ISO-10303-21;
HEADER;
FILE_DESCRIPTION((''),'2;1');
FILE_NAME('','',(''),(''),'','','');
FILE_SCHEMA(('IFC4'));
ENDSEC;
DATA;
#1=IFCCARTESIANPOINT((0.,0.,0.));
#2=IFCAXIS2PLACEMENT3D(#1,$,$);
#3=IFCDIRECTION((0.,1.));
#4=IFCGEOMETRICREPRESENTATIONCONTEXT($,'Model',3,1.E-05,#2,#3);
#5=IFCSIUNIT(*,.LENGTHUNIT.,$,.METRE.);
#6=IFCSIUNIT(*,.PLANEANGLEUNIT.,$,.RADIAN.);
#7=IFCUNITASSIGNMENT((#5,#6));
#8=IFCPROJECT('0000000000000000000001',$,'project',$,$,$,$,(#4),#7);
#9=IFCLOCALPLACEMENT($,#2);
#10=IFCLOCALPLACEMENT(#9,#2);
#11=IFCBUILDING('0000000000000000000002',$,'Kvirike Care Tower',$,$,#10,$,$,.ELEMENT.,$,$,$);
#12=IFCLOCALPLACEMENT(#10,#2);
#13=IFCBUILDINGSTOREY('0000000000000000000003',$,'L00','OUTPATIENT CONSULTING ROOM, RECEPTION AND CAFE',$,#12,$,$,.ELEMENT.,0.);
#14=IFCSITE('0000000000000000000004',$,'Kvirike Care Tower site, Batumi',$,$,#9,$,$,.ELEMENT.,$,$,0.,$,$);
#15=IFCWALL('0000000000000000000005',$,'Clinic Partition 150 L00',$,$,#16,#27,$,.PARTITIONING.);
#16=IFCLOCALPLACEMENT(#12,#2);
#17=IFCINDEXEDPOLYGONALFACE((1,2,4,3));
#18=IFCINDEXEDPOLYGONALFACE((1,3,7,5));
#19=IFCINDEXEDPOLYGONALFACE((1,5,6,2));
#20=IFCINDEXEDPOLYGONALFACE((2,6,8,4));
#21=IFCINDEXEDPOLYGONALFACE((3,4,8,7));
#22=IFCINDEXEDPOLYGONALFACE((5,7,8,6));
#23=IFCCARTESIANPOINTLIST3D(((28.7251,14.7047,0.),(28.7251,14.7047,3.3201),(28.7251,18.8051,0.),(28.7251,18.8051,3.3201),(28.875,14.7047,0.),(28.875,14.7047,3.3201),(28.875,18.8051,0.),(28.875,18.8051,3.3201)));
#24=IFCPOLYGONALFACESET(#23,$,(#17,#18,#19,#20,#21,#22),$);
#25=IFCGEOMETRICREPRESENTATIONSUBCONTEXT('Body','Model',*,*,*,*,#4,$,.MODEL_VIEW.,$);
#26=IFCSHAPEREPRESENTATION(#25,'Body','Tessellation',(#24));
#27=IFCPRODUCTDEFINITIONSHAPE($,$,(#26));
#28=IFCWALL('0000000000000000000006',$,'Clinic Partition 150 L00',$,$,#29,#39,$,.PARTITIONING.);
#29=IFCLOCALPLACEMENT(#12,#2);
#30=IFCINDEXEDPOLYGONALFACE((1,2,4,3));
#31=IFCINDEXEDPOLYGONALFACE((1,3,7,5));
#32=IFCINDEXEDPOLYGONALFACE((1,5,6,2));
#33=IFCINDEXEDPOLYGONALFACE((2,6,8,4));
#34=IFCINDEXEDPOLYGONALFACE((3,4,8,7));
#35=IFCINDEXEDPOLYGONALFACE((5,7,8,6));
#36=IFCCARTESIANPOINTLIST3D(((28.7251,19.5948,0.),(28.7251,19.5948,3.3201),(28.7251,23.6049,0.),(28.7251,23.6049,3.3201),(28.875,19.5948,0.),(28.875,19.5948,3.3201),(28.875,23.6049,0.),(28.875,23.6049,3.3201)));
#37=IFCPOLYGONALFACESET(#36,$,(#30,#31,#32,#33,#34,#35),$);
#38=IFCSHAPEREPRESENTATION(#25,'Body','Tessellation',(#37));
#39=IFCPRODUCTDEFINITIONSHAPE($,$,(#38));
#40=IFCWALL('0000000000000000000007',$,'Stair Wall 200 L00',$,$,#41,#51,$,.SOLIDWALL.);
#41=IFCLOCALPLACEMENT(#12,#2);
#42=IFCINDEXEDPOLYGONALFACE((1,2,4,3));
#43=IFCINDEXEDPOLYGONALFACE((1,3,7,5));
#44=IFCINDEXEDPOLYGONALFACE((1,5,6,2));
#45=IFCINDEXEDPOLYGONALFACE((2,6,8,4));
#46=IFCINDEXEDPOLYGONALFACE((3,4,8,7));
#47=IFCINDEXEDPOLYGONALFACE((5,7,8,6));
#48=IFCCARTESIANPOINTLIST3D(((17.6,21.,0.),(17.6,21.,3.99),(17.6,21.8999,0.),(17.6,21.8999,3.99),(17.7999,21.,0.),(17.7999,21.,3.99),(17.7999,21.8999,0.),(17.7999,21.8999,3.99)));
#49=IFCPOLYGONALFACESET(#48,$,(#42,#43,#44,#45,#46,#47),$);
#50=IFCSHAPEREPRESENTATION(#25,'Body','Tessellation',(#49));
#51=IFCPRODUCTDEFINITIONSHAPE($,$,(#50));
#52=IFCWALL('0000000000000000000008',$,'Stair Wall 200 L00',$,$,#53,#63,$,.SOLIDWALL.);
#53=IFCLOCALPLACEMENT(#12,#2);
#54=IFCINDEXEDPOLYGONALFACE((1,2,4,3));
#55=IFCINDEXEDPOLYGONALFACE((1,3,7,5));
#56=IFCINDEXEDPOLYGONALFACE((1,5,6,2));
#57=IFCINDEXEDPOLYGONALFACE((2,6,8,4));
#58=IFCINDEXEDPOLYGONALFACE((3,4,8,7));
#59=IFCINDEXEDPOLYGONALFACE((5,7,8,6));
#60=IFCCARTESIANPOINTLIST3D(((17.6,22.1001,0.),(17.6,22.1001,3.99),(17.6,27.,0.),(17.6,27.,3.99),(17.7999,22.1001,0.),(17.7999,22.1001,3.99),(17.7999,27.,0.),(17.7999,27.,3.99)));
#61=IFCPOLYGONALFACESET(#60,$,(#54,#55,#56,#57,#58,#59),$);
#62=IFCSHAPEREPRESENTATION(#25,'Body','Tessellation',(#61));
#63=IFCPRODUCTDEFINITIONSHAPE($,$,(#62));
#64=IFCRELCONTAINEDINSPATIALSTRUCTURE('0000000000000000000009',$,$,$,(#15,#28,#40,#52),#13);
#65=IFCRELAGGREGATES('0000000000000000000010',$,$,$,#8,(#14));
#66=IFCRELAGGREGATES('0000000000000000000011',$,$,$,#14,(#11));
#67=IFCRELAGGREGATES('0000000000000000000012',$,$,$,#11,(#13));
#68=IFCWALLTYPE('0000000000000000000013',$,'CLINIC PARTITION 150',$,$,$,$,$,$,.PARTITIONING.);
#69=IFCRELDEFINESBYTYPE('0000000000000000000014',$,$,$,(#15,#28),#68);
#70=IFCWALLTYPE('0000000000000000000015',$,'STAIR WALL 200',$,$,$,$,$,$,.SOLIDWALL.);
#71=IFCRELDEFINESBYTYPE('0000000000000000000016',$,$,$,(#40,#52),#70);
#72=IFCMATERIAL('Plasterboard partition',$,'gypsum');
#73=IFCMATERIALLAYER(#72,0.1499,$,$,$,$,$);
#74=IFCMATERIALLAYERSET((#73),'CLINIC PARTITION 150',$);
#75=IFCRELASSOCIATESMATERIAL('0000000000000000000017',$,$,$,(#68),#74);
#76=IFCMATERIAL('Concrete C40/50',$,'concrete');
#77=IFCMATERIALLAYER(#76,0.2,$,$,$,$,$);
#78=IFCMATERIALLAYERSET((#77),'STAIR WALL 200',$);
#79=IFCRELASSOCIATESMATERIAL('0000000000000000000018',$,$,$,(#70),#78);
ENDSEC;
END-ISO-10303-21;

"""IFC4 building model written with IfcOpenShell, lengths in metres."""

from ifc_helpers import new_model, si_unit, direction, frame, frame_2d, origin, place, context, subcontext, project, spatial, rectangle, extrude, material, layer, layer_set, type_object, element, save


model = new_model("IFC4")

# Units and contexts
model_context = context("Model", 3, precision=1e-05, world=origin(), true_north=direction((0.0, 1.0)))
body_context = subcontext(model_context, "Body", "Model", "MODEL_VIEW")
ifc_project = project(units=[si_unit("LENGTHUNIT", "METRE"), si_unit("PLANEANGLEUNIT", "RADIAN")], contexts=[model_context])

# Site, building, storey
site_placement = place(None, origin())
site = spatial("IfcSite", under=ifc_project, at=site_placement, Name="Kvirike Care Tower site, Batumi", CompositionType="ELEMENT", RefElevation=0.0)
building_placement = place(site_placement, origin())
building = spatial("IfcBuilding", under=site, at=building_placement, Name="Kvirike Care Tower", CompositionType="ELEMENT")
storey_placement = place(building_placement, origin())
storey = spatial("IfcBuildingStorey", under=building, at=storey_placement, Name="L00", Description="OUTPATIENT CONSULTING ROOM, RECEPTION AND CAFE", CompositionType="ELEMENT", Elevation=0.0)

# Walls
ifc_material_1 = material(Name="Plasterboard partition", Category="gypsum")
ifc_layer_1 = layer(ifc_material_1, 0.1499)
ifc_layer_set_1 = layer_set([ifc_layer_1], Name="CLINIC PARTITION 150")
wall_type_1 = type_object("IfcWallType", Name="CLINIC PARTITION 150", PredefinedType="PARTITIONING", material=ifc_layer_set_1)
wall_1_placement = place(storey_placement, frame((28.8, 14.7046, 0.0), z_axis=(0.0, 0.0, 1.0), x_axis=(0.0, 1.0, 0.0)))
element("IfcWall", 1, at=wall_1_placement, inside=storey, type_object=wall_type_1, Name="Clinic Partition 150 L00", PredefinedType="PARTITIONING", context=body_context, shape_type="SweptSolid", body=[
    extrude(rectangle(XDim=4.1003, YDim=0.1499, at=frame_2d((2.0503, 0.0))), origin(), (0.0, 0.0, 1.0), 3.3201),
])
wall_2_placement = place(storey_placement, frame((28.8, 19.595, 0.0), z_axis=(0.0, 0.0, 1.0), x_axis=(0.0, 1.0, 0.0)))
element("IfcWall", 2, at=wall_2_placement, inside=storey, type_object=wall_type_1, Name="Clinic Partition 150 L00", PredefinedType="PARTITIONING", context=body_context, shape_type="SweptSolid", body=[
    extrude(rectangle(XDim=4.01, YDim=0.1499, at=frame_2d((2.0049, 0.0))), origin(), (0.0, 0.0, 1.0), 3.3201),
])
ifc_material_2 = material(Name="Concrete C40/50", Category="concrete")
ifc_layer_2 = layer(ifc_material_2, 0.2)
ifc_layer_set_2 = layer_set([ifc_layer_2], Name="STAIR WALL 200")
wall_type_2 = type_object("IfcWallType", Name="STAIR WALL 200", PredefinedType="SOLIDWALL", material=ifc_layer_set_2)
wall_3_placement = place(storey_placement, frame((17.7, 21.0, 0.0), z_axis=(0.0, 0.0, 1.0), x_axis=(0.0, 1.0, 0.0)))
element("IfcWall", 3, at=wall_3_placement, inside=storey, type_object=wall_type_2, Name="Stair Wall 200 L00", PredefinedType="SOLIDWALL", context=body_context, shape_type="SweptSolid", body=[
    extrude(rectangle(XDim=0.8999, YDim=0.2, at=frame_2d((0.45, 0.0))), origin(), (0.0, 0.0, 1.0), 3.99),
])
wall_4_placement = place(storey_placement, frame((17.7, 22.1001, 0.0), z_axis=(0.0, 0.0, 1.0), x_axis=(0.0, 1.0, 0.0)))
element("IfcWall", 4, at=wall_4_placement, inside=storey, type_object=wall_type_2, Name="Stair Wall 200 L00", PredefinedType="SOLIDWALL", context=body_context, shape_type="SweptSolid", body=[
    extrude(rectangle(XDim=4.8999, YDim=0.2, at=frame_2d((2.45, 0.0))), origin(), (0.0, 0.0, 1.0), 3.99),
])

save(model, "model.ifc")
